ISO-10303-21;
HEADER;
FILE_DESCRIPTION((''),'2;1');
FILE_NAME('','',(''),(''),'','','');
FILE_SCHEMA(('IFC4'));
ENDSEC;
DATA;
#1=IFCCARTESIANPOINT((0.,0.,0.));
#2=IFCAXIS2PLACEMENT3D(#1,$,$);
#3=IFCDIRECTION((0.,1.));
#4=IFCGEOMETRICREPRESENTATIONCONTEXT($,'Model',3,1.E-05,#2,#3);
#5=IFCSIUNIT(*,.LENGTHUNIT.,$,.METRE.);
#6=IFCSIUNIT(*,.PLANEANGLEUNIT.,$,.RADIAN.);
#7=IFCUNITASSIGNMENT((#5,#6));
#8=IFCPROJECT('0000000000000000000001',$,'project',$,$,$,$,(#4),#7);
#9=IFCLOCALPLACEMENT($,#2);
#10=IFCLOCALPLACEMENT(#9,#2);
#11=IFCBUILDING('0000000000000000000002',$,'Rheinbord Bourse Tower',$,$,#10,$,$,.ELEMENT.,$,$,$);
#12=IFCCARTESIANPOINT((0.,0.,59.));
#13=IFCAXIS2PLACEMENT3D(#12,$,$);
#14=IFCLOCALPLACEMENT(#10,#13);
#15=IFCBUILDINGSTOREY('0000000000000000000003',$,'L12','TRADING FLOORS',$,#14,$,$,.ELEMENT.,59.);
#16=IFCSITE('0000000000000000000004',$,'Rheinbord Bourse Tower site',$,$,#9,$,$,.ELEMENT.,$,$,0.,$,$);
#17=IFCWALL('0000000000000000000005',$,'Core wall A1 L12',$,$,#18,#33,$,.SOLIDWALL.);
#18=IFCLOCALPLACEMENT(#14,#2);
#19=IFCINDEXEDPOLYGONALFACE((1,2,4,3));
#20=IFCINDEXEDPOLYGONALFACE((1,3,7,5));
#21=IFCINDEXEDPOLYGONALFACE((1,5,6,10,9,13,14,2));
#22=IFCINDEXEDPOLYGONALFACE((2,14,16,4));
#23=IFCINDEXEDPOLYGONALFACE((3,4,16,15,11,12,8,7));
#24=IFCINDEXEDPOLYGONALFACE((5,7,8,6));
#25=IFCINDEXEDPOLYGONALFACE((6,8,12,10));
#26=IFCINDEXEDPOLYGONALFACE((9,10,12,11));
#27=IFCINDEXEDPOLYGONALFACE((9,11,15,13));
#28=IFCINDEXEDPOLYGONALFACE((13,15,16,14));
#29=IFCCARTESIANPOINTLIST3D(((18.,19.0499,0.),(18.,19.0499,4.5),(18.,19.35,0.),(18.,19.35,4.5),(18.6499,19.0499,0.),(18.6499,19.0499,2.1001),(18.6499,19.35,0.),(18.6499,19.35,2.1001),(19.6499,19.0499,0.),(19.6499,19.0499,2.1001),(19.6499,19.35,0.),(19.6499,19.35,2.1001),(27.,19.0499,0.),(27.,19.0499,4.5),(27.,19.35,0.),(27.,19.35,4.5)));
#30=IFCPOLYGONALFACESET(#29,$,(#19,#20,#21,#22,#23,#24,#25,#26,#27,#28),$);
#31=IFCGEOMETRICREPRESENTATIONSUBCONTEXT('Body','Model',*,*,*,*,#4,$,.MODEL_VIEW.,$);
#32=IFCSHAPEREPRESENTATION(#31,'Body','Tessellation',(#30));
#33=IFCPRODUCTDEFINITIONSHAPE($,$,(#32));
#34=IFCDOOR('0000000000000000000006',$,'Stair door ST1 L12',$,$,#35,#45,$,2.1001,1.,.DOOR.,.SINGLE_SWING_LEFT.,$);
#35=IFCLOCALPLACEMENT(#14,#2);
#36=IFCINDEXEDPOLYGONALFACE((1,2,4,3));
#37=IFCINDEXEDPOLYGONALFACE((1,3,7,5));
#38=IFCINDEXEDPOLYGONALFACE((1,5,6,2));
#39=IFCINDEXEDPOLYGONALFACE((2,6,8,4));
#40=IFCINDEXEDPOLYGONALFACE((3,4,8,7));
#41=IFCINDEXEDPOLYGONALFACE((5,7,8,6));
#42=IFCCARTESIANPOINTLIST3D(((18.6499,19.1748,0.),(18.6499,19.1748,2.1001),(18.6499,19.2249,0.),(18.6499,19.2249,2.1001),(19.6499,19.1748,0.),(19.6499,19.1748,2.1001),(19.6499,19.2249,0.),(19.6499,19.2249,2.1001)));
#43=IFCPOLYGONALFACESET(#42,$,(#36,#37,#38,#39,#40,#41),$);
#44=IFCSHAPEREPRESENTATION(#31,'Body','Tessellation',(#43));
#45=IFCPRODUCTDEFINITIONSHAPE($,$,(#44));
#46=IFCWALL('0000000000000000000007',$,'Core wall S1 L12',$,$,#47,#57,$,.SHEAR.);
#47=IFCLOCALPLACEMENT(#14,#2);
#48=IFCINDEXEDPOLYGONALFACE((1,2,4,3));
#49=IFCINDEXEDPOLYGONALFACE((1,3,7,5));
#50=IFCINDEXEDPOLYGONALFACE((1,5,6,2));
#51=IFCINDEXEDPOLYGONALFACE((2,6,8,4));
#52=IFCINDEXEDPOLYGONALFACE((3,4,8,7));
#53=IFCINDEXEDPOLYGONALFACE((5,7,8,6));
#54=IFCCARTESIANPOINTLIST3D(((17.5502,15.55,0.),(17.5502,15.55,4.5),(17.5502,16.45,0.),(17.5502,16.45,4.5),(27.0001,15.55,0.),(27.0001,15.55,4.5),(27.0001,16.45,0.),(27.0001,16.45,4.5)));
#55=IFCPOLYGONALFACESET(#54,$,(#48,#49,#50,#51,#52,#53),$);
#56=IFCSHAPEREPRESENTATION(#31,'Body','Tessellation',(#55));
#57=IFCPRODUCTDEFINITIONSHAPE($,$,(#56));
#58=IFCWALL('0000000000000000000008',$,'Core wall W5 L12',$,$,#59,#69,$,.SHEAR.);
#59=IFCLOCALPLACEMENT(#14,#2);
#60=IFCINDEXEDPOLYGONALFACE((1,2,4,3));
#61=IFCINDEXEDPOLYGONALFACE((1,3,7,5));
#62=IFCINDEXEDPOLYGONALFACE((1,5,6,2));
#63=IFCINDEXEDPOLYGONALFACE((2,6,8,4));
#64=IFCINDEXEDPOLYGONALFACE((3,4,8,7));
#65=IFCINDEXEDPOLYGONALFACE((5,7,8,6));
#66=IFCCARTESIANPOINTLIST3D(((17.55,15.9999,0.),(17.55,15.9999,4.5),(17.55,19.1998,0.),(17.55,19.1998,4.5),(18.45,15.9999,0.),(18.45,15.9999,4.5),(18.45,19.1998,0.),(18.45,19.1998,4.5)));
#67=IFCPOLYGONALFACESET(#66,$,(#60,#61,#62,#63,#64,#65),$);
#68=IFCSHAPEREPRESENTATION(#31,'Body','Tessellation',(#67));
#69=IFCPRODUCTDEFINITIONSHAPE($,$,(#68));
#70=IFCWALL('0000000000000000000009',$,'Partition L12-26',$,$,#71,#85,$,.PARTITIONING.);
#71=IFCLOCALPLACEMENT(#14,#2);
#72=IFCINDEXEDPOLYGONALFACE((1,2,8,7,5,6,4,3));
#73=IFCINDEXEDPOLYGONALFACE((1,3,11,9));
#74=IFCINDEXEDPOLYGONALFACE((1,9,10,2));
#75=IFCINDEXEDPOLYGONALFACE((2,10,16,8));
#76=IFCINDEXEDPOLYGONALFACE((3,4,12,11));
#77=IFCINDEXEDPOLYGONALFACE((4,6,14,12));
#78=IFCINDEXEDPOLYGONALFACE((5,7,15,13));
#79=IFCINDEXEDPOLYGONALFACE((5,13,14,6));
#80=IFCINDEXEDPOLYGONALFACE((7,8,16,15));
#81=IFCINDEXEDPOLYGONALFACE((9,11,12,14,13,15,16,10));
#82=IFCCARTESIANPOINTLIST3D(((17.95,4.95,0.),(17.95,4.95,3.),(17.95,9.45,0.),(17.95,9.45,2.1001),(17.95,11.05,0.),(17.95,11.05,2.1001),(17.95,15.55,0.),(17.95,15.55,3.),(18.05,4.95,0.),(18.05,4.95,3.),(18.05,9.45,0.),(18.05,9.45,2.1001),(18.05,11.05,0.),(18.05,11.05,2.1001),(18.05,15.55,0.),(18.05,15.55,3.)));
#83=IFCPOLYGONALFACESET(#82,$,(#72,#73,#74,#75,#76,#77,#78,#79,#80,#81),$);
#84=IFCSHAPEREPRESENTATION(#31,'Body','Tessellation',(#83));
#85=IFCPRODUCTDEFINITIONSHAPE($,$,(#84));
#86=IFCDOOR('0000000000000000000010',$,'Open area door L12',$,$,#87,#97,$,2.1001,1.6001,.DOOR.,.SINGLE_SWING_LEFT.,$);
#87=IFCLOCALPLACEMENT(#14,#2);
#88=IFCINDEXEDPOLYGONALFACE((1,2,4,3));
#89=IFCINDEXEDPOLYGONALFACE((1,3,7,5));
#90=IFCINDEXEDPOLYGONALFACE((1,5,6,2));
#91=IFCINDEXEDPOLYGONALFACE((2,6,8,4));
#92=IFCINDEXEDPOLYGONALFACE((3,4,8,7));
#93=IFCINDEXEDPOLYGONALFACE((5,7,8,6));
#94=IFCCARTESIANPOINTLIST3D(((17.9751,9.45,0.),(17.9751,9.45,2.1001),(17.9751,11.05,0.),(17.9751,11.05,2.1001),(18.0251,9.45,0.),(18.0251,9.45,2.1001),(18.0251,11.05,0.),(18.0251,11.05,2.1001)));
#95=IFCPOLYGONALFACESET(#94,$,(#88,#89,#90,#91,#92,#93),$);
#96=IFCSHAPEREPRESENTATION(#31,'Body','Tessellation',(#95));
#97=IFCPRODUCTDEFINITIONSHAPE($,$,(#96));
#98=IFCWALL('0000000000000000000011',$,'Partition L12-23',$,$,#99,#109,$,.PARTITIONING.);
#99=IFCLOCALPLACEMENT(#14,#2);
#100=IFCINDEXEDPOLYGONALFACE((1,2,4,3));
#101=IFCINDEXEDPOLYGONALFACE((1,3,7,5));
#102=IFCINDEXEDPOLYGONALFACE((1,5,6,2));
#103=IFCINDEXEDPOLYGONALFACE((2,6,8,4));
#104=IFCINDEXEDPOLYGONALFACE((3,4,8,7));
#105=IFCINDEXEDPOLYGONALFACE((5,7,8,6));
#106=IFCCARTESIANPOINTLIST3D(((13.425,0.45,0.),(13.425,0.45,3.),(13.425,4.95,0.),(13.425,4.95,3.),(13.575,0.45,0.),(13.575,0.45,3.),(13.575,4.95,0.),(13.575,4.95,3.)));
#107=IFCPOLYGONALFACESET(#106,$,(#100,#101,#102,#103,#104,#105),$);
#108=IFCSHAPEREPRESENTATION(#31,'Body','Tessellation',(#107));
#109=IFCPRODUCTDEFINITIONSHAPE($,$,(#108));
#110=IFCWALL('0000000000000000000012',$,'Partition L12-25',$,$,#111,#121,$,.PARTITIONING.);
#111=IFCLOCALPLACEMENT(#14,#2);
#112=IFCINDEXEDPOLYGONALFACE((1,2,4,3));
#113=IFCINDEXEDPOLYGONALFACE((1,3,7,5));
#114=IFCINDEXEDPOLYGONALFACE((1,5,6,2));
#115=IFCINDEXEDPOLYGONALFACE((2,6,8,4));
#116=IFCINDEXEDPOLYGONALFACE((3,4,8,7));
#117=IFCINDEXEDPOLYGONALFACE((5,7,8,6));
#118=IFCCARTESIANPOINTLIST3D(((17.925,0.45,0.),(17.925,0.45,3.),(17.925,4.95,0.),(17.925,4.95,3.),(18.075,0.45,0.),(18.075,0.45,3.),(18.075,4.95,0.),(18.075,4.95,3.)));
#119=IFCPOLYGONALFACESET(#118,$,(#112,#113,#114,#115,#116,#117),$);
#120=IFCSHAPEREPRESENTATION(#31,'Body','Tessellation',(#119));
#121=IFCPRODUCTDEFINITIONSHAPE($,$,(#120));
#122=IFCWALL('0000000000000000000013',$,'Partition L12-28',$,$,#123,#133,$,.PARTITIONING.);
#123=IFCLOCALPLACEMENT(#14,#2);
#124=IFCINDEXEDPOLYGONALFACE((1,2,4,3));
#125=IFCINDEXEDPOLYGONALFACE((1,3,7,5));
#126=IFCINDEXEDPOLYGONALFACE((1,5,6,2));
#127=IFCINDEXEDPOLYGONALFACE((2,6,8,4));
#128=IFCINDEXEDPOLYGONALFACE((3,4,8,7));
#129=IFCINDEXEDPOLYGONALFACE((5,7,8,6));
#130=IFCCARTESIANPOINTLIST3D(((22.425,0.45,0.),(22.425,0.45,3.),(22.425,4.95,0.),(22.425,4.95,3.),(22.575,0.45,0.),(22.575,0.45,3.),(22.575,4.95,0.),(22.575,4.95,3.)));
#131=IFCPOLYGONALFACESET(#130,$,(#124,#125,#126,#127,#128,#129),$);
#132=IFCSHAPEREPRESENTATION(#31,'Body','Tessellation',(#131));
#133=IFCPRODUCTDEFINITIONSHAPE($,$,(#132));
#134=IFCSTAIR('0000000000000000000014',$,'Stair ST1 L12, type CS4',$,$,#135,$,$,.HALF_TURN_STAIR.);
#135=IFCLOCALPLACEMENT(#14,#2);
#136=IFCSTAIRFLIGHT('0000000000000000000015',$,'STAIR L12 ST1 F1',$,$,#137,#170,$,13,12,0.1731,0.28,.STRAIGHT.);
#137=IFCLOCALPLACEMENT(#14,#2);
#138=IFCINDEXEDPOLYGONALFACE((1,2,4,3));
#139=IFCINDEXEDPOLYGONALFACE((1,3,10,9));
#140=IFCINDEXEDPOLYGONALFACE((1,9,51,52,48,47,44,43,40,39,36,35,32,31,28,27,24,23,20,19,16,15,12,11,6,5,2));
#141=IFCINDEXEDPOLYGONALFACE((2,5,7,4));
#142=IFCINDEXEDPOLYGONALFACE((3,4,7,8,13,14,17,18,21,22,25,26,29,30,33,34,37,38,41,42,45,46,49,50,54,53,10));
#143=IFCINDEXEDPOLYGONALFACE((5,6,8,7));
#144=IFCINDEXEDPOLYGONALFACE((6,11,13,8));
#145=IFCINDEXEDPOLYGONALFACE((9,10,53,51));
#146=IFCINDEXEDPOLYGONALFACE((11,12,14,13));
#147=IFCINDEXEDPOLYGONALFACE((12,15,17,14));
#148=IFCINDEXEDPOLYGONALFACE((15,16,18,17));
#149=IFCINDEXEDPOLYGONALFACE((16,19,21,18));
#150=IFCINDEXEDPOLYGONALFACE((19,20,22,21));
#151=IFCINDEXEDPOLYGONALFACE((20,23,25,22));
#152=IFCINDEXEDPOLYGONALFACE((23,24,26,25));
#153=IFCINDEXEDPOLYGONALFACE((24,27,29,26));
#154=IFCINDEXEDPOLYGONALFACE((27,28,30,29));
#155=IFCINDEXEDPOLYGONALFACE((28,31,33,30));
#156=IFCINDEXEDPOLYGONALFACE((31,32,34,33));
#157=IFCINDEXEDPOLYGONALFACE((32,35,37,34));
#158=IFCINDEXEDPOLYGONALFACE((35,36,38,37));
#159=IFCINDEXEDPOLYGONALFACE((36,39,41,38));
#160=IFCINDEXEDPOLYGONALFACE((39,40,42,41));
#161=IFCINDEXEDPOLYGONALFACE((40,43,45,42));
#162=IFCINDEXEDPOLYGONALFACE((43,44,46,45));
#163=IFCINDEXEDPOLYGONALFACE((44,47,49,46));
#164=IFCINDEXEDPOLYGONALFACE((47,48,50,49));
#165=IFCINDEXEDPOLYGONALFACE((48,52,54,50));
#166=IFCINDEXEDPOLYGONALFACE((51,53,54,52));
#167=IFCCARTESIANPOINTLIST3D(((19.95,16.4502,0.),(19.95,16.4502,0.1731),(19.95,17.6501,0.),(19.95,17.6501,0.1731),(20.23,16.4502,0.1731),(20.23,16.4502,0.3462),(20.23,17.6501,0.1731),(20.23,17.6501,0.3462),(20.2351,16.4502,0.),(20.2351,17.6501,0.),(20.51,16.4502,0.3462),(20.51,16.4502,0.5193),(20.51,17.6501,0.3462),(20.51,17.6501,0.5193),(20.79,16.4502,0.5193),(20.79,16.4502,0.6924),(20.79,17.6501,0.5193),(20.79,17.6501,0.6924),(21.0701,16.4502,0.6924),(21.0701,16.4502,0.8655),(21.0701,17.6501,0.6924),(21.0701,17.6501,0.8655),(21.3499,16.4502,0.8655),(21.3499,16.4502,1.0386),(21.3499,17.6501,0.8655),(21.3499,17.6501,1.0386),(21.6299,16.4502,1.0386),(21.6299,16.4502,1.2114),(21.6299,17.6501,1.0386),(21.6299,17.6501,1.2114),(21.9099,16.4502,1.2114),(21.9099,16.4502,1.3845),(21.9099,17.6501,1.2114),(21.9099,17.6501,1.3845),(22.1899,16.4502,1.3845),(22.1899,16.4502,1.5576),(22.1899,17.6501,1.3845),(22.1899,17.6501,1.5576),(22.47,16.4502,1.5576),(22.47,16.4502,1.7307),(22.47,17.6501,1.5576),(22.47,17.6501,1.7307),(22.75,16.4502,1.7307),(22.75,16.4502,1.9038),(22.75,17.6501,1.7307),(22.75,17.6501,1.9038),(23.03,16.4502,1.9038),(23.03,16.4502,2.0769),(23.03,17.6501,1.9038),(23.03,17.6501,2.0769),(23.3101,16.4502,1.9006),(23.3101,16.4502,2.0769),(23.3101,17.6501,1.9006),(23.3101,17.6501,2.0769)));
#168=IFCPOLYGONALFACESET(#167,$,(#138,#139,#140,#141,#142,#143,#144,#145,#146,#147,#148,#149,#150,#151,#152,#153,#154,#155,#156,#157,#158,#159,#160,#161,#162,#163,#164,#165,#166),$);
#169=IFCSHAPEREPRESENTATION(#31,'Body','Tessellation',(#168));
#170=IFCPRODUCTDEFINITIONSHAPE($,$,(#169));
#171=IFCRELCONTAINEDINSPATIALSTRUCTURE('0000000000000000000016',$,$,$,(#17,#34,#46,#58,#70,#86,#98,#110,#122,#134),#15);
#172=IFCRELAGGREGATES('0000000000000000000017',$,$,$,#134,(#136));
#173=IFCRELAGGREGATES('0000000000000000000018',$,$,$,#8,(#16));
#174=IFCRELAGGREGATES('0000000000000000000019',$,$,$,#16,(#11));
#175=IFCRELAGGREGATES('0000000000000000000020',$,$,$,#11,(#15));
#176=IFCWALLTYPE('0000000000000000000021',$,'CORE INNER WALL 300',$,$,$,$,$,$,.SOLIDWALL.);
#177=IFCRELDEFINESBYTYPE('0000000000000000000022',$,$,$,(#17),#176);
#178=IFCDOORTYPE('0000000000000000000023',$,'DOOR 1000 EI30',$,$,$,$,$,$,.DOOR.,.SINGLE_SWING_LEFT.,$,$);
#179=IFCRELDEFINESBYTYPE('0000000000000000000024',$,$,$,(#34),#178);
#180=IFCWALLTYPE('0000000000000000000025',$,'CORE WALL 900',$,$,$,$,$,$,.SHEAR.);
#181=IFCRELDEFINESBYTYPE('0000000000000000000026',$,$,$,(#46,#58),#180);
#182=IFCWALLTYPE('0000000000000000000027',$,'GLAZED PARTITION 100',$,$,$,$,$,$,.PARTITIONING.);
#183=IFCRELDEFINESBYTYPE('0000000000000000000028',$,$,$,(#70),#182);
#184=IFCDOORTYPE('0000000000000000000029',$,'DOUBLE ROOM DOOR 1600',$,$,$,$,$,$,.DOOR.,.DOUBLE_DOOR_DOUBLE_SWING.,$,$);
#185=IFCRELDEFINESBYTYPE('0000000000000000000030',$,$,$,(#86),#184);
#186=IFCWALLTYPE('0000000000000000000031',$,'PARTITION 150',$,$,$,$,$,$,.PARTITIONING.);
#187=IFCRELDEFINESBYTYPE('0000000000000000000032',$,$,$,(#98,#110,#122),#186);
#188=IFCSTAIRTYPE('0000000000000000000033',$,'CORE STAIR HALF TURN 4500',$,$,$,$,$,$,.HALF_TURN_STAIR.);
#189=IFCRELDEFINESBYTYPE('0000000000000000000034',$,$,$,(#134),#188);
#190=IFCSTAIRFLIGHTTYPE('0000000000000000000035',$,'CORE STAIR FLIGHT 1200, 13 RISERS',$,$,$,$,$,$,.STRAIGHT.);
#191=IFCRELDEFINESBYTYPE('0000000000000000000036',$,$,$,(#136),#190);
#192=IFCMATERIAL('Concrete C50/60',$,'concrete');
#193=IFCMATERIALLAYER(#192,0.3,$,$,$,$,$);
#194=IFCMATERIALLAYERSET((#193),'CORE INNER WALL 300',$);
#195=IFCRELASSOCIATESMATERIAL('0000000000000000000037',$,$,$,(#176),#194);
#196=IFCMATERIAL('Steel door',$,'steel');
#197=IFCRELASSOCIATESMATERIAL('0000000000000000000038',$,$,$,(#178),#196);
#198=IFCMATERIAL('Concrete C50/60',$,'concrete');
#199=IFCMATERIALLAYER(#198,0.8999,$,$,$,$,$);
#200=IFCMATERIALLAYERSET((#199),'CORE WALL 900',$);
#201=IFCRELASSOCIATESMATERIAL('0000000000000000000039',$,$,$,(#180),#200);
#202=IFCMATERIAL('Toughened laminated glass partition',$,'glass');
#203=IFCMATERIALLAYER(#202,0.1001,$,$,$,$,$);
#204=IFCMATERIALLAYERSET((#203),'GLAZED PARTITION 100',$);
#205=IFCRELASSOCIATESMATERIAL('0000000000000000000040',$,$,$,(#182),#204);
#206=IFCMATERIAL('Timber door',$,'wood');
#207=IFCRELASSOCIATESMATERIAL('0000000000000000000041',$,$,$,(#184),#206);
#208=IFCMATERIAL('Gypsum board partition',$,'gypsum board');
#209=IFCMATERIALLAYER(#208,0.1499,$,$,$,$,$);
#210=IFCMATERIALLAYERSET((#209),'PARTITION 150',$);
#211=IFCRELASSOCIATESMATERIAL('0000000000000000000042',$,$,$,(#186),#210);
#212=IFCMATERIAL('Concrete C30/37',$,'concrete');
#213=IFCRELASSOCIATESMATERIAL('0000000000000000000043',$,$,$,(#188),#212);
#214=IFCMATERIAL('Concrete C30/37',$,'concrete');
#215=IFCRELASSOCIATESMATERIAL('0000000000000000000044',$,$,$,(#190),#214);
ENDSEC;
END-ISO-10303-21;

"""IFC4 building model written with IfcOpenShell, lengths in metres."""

from ifc_helpers import new_model, si_unit, direction, frame, frame_2d, origin, place, context, subcontext, project, spatial, polyline, rectangle, outline, extrude, material, layer, layer_set, type_object, element, fill, aggregate, save


model = new_model("IFC4")

# Units and contexts
model_context = context("Model", 3, precision=1e-05, world=origin(), true_north=direction((0.0, 1.0)))
body_context = subcontext(model_context, "Body", "Model", "MODEL_VIEW")
ifc_project = project(units=[si_unit("LENGTHUNIT", "METRE"), si_unit("PLANEANGLEUNIT", "RADIAN")], contexts=[model_context])

# Site, building, storey
site_placement = place(None, origin())
site = spatial("IfcSite", under=ifc_project, at=site_placement, Name="Rheinbord Bourse Tower site", CompositionType="ELEMENT", RefElevation=0.0)
building_placement = place(site_placement, origin())
building = spatial("IfcBuilding", under=site, at=building_placement, Name="Rheinbord Bourse Tower", CompositionType="ELEMENT")
storey_placement = place(building_placement, frame((0.0, 0.0, 59.0)))
storey = spatial("IfcBuildingStorey", under=building, at=storey_placement, Name="L12", Description="TRADING FLOORS", CompositionType="ELEMENT", Elevation=59.0)

# Wall, opening, door
ifc_material_1 = material(Name="Concrete C50/60", Category="concrete")
ifc_layer_1 = layer(ifc_material_1, 0.3)
ifc_layer_set_1 = layer_set([ifc_layer_1], Name="CORE INNER WALL 300")
wall_type_1 = type_object("IfcWallType", Name="CORE INNER WALL 300", PredefinedType="SOLIDWALL", material=ifc_layer_set_1)
wall_1_placement = place(storey_placement, frame((18.0, 19.2, 0.0), z_axis=(0.0, 0.0, 1.0), x_axis=(1.0, 0.0, 0.0)))
wall_1 = element("IfcWall", 1, at=wall_1_placement, inside=storey, type_object=wall_type_1, Name="Core wall A1 L12", PredefinedType="SOLIDWALL", context=body_context, shape_type="SweptSolid", body=[
    extrude(rectangle(XDim=9.0, YDim=0.3, at=frame_2d((4.5, 0.0))), origin(), (0.0, 0.0, 1.0), 4.5),
])
opening_1_placement = place(wall_1_placement, frame((0.6499, 0.0, 0.0)))
opening_1 = element("IfcOpeningElement", 2, at=opening_1_placement, cuts=wall_1, PredefinedType="OPENING", context=body_context, shape_type="SweptSolid", body=[
    extrude(rectangle(XDim=1.0, YDim=2.1001, at=frame_2d((0.5, 1.05))), frame((0.0, 0.1599, 0.0), z_axis=(0.0, -1.0, 0.0), x_axis=(1.0, 0.0, 0.0)), (0.0, 0.0, 1.0), 0.3201),
])
ifc_material_2 = material(Name="Steel door", Category="steel")
door_type_1 = type_object("IfcDoorType", Name="DOOR 1000 EI30", OperationType="SINGLE_SWING_LEFT", PredefinedType="DOOR", material=ifc_material_2)
door_1_placement = place(opening_1_placement, origin())
door_1 = element("IfcDoor", 3, at=door_1_placement, inside=storey, type_object=door_type_1, Name="Stair door ST1 L12", OperationType="SINGLE_SWING_LEFT", OverallHeight=2.1001, OverallWidth=1.0, PredefinedType="DOOR", context=body_context, shape_type="SweptSolid", body=[
    extrude(rectangle(XDim=1.0, YDim=2.1001, at=frame_2d((0.5, 1.05))), frame((0.0, 0.0249, 0.0), z_axis=(0.0, -1.0, 0.0), x_axis=(1.0, 0.0, 0.0)), (0.0, 0.0, 1.0), 0.05),
])
fill(opening_1, door_1)

# Walls
ifc_material_3 = material(Name="Concrete C50/60", Category="concrete")
ifc_layer_2 = layer(ifc_material_3, 0.8999)
ifc_layer_set_2 = layer_set([ifc_layer_2], Name="CORE WALL 900")
wall_type_2 = type_object("IfcWallType", Name="CORE WALL 900", PredefinedType="SHEAR", material=ifc_layer_set_2)
wall_2_placement = place(storey_placement, frame((17.55, 16.0, 0.0), z_axis=(0.0, 0.0, 1.0), x_axis=(1.0, 0.0, 0.0)))
element("IfcWall", 4, at=wall_2_placement, inside=storey, type_object=wall_type_2, Name="Core wall S1 L12", PredefinedType="SHEAR", context=body_context, shape_type="SweptSolid", body=[
    extrude(rectangle(XDim=9.45, YDim=0.8999, at=frame_2d((4.7251, 0.0))), origin(), (0.0, 0.0, 1.0), 4.5),
])
wall_3_placement = place(storey_placement, frame((18.0, 19.2, 0.0), z_axis=(0.0, 0.0, 1.0), x_axis=(0.0, -1.0, 0.0)))
element("IfcWall", 5, at=wall_3_placement, inside=storey, type_object=wall_type_2, Name="Core wall W5 L12", PredefinedType="SHEAR", context=body_context, shape_type="SweptSolid", body=[
    extrude(rectangle(XDim=3.2, YDim=0.8999, at=frame_2d((1.6001, 0.0))), origin(), (0.0, 0.0, 1.0), 4.5),
])

# Wall, opening, door
ifc_material_4 = material(Name="Toughened laminated glass partition", Category="glass")
ifc_layer_3 = layer(ifc_material_4, 0.1001)
ifc_layer_set_3 = layer_set([ifc_layer_3], Name="GLAZED PARTITION 100")
wall_type_3 = type_object("IfcWallType", Name="GLAZED PARTITION 100", PredefinedType="PARTITIONING", material=ifc_layer_set_3)
wall_4_placement = place(storey_placement, frame((18.0, 4.95, 0.0), z_axis=(0.0, 0.0, 1.0), x_axis=(0.0, 1.0, 0.0)))
wall_4 = element("IfcWall", 6, at=wall_4_placement, inside=storey, type_object=wall_type_3, Name="Partition L12-26", PredefinedType="PARTITIONING", context=body_context, shape_type="SweptSolid", body=[
    extrude(rectangle(XDim=10.6001, YDim=0.1001, at=frame_2d((5.3, 0.0))), origin(), (0.0, 0.0, 1.0), 3.0),
])
opening_2_placement = place(wall_4_placement, frame((4.5, 0.0, 0.0)))
opening_2 = element("IfcOpeningElement", 7, at=opening_2_placement, cuts=wall_4, PredefinedType="OPENING", context=body_context, shape_type="SweptSolid", body=[
    extrude(rectangle(XDim=1.6001, YDim=2.1001, at=frame_2d((0.8, 1.05))), frame((0.0, 0.0601, 0.0), z_axis=(0.0, -1.0, 0.0), x_axis=(1.0, 0.0, 0.0)), (0.0, 0.0, 1.0), 0.1201),
])
ifc_material_5 = material(Name="Timber door", Category="wood")
door_type_2 = type_object("IfcDoorType", Name="DOUBLE ROOM DOOR 1600", OperationType="DOUBLE_DOOR_DOUBLE_SWING", PredefinedType="DOOR", material=ifc_material_5)
door_2_placement = place(opening_2_placement, origin())
door_2 = element("IfcDoor", 8, at=door_2_placement, inside=storey, type_object=door_type_2, Name="Open area door L12", OperationType="SINGLE_SWING_LEFT", OverallHeight=2.1001, OverallWidth=1.6001, PredefinedType="DOOR", context=body_context, shape_type="SweptSolid", body=[
    extrude(rectangle(XDim=1.6001, YDim=2.1001, at=frame_2d((0.8, 1.05))), frame((0.0, 0.0249, 0.0), z_axis=(0.0, -1.0, 0.0), x_axis=(1.0, 0.0, 0.0)), (0.0, 0.0, 1.0), 0.05),
])
fill(opening_2, door_2)

# Walls
ifc_material_6 = material(Name="Gypsum board partition", Category="gypsum board")
ifc_layer_4 = layer(ifc_material_6, 0.1499)
ifc_layer_set_4 = layer_set([ifc_layer_4], Name="PARTITION 150")
wall_type_4 = type_object("IfcWallType", Name="PARTITION 150", PredefinedType="PARTITIONING", material=ifc_layer_set_4)
for number, where, z_axis, x_axis, name in (
    (9, (13.5, 0.45, 0.0), (0.0, 0.0, 1.0), (0.0, 1.0, 0.0), "Partition L12-23"),
    (10, (18.0, 0.45, 0.0), (0.0, 0.0, 1.0), (0.0, 1.0, 0.0), "Partition L12-25"),
    (11, (22.5, 0.45, 0.0), (0.0, 0.0, 1.0), (0.0, 1.0, 0.0), "Partition L12-28"),
):
    element("IfcWall", number, at=place(storey_placement, frame(where, z_axis=z_axis, x_axis=x_axis)), inside=storey, type_object=wall_type_4, Name=name, PredefinedType="PARTITIONING", context=body_context, shape_type="SweptSolid", body=[
        extrude(rectangle(XDim=4.5, YDim=0.1499, at=frame_2d((2.25, 0.0))), origin(), (0.0, 0.0, 1.0), 3.0),
    ])

# Stair, stair flight
ifc_material_7 = material(Name="Concrete C30/37", Category="concrete")
stair_type = type_object("IfcStairType", Name="CORE STAIR HALF TURN 4500", PredefinedType="HALF_TURN_STAIR", material=ifc_material_7)
stair_placement = place(storey_placement, origin())
stair = element("IfcStair", 12, at=stair_placement, inside=storey, type_object=stair_type, Name="Stair ST1 L12, type CS4", PredefinedType="HALF_TURN_STAIR")
ifc_material_8 = material(Name="Concrete C30/37", Category="concrete")
stair_flight_type = type_object("IfcStairFlightType", Name="CORE STAIR FLIGHT 1200, 13 RISERS", PredefinedType="STRAIGHT", material=ifc_material_8)
stair_flight_1_placement = place(storey_placement, frame((19.95, 17.05, 0.0), z_axis=(0.0, 0.0, 1.0), x_axis=(1.0, 0.0, 0.0)))
stair_flight_1 = element("IfcStairFlight", 13, at=stair_flight_1_placement, type_object=stair_flight_type, Name="STAIR L12 ST1 F1", NumberOfRisers=13, NumberOfTreads=12, PredefinedType="STRAIGHT", RiserHeight=0.1731, TreadLength=0.28, context=body_context, shape_type="SweptSolid", body=[
    extrude(outline(polyline([(0.0, 0.0), (0.0, 0.1731), (0.28, 0.1731), (0.28, 0.3462), (0.5601, 0.3462), (0.5601, 0.5193), (0.8401, 0.5193), (0.8401, 0.6924), (1.1201, 0.6924), (1.1201, 0.8655), (1.3999, 0.8655), (1.3999, 1.0386), (1.6799, 1.0386), (1.6799, 1.2114), (1.96, 1.2114), (1.96, 1.3845), (2.24, 1.3845), (2.24, 1.5576), (2.52, 1.5576), (2.52, 1.7307), (2.8, 1.7307), (2.8, 1.9038), (3.0801, 1.9038), (3.0801, 2.0769), (3.3601, 2.0769), (3.3601, 2.25), (3.3601, 1.9006), (0.2852, 0.0), (0.0, 0.0)])), frame((0.0, 0.6001, 0.0), z_axis=(0.0, -1.0, 0.0), x_axis=(1.0, 0.0, 0.0)), (0.0, 0.0, 1.0), 1.2),
])
aggregate(stair, [stair_flight_1])

save(model, "model.ifc")
